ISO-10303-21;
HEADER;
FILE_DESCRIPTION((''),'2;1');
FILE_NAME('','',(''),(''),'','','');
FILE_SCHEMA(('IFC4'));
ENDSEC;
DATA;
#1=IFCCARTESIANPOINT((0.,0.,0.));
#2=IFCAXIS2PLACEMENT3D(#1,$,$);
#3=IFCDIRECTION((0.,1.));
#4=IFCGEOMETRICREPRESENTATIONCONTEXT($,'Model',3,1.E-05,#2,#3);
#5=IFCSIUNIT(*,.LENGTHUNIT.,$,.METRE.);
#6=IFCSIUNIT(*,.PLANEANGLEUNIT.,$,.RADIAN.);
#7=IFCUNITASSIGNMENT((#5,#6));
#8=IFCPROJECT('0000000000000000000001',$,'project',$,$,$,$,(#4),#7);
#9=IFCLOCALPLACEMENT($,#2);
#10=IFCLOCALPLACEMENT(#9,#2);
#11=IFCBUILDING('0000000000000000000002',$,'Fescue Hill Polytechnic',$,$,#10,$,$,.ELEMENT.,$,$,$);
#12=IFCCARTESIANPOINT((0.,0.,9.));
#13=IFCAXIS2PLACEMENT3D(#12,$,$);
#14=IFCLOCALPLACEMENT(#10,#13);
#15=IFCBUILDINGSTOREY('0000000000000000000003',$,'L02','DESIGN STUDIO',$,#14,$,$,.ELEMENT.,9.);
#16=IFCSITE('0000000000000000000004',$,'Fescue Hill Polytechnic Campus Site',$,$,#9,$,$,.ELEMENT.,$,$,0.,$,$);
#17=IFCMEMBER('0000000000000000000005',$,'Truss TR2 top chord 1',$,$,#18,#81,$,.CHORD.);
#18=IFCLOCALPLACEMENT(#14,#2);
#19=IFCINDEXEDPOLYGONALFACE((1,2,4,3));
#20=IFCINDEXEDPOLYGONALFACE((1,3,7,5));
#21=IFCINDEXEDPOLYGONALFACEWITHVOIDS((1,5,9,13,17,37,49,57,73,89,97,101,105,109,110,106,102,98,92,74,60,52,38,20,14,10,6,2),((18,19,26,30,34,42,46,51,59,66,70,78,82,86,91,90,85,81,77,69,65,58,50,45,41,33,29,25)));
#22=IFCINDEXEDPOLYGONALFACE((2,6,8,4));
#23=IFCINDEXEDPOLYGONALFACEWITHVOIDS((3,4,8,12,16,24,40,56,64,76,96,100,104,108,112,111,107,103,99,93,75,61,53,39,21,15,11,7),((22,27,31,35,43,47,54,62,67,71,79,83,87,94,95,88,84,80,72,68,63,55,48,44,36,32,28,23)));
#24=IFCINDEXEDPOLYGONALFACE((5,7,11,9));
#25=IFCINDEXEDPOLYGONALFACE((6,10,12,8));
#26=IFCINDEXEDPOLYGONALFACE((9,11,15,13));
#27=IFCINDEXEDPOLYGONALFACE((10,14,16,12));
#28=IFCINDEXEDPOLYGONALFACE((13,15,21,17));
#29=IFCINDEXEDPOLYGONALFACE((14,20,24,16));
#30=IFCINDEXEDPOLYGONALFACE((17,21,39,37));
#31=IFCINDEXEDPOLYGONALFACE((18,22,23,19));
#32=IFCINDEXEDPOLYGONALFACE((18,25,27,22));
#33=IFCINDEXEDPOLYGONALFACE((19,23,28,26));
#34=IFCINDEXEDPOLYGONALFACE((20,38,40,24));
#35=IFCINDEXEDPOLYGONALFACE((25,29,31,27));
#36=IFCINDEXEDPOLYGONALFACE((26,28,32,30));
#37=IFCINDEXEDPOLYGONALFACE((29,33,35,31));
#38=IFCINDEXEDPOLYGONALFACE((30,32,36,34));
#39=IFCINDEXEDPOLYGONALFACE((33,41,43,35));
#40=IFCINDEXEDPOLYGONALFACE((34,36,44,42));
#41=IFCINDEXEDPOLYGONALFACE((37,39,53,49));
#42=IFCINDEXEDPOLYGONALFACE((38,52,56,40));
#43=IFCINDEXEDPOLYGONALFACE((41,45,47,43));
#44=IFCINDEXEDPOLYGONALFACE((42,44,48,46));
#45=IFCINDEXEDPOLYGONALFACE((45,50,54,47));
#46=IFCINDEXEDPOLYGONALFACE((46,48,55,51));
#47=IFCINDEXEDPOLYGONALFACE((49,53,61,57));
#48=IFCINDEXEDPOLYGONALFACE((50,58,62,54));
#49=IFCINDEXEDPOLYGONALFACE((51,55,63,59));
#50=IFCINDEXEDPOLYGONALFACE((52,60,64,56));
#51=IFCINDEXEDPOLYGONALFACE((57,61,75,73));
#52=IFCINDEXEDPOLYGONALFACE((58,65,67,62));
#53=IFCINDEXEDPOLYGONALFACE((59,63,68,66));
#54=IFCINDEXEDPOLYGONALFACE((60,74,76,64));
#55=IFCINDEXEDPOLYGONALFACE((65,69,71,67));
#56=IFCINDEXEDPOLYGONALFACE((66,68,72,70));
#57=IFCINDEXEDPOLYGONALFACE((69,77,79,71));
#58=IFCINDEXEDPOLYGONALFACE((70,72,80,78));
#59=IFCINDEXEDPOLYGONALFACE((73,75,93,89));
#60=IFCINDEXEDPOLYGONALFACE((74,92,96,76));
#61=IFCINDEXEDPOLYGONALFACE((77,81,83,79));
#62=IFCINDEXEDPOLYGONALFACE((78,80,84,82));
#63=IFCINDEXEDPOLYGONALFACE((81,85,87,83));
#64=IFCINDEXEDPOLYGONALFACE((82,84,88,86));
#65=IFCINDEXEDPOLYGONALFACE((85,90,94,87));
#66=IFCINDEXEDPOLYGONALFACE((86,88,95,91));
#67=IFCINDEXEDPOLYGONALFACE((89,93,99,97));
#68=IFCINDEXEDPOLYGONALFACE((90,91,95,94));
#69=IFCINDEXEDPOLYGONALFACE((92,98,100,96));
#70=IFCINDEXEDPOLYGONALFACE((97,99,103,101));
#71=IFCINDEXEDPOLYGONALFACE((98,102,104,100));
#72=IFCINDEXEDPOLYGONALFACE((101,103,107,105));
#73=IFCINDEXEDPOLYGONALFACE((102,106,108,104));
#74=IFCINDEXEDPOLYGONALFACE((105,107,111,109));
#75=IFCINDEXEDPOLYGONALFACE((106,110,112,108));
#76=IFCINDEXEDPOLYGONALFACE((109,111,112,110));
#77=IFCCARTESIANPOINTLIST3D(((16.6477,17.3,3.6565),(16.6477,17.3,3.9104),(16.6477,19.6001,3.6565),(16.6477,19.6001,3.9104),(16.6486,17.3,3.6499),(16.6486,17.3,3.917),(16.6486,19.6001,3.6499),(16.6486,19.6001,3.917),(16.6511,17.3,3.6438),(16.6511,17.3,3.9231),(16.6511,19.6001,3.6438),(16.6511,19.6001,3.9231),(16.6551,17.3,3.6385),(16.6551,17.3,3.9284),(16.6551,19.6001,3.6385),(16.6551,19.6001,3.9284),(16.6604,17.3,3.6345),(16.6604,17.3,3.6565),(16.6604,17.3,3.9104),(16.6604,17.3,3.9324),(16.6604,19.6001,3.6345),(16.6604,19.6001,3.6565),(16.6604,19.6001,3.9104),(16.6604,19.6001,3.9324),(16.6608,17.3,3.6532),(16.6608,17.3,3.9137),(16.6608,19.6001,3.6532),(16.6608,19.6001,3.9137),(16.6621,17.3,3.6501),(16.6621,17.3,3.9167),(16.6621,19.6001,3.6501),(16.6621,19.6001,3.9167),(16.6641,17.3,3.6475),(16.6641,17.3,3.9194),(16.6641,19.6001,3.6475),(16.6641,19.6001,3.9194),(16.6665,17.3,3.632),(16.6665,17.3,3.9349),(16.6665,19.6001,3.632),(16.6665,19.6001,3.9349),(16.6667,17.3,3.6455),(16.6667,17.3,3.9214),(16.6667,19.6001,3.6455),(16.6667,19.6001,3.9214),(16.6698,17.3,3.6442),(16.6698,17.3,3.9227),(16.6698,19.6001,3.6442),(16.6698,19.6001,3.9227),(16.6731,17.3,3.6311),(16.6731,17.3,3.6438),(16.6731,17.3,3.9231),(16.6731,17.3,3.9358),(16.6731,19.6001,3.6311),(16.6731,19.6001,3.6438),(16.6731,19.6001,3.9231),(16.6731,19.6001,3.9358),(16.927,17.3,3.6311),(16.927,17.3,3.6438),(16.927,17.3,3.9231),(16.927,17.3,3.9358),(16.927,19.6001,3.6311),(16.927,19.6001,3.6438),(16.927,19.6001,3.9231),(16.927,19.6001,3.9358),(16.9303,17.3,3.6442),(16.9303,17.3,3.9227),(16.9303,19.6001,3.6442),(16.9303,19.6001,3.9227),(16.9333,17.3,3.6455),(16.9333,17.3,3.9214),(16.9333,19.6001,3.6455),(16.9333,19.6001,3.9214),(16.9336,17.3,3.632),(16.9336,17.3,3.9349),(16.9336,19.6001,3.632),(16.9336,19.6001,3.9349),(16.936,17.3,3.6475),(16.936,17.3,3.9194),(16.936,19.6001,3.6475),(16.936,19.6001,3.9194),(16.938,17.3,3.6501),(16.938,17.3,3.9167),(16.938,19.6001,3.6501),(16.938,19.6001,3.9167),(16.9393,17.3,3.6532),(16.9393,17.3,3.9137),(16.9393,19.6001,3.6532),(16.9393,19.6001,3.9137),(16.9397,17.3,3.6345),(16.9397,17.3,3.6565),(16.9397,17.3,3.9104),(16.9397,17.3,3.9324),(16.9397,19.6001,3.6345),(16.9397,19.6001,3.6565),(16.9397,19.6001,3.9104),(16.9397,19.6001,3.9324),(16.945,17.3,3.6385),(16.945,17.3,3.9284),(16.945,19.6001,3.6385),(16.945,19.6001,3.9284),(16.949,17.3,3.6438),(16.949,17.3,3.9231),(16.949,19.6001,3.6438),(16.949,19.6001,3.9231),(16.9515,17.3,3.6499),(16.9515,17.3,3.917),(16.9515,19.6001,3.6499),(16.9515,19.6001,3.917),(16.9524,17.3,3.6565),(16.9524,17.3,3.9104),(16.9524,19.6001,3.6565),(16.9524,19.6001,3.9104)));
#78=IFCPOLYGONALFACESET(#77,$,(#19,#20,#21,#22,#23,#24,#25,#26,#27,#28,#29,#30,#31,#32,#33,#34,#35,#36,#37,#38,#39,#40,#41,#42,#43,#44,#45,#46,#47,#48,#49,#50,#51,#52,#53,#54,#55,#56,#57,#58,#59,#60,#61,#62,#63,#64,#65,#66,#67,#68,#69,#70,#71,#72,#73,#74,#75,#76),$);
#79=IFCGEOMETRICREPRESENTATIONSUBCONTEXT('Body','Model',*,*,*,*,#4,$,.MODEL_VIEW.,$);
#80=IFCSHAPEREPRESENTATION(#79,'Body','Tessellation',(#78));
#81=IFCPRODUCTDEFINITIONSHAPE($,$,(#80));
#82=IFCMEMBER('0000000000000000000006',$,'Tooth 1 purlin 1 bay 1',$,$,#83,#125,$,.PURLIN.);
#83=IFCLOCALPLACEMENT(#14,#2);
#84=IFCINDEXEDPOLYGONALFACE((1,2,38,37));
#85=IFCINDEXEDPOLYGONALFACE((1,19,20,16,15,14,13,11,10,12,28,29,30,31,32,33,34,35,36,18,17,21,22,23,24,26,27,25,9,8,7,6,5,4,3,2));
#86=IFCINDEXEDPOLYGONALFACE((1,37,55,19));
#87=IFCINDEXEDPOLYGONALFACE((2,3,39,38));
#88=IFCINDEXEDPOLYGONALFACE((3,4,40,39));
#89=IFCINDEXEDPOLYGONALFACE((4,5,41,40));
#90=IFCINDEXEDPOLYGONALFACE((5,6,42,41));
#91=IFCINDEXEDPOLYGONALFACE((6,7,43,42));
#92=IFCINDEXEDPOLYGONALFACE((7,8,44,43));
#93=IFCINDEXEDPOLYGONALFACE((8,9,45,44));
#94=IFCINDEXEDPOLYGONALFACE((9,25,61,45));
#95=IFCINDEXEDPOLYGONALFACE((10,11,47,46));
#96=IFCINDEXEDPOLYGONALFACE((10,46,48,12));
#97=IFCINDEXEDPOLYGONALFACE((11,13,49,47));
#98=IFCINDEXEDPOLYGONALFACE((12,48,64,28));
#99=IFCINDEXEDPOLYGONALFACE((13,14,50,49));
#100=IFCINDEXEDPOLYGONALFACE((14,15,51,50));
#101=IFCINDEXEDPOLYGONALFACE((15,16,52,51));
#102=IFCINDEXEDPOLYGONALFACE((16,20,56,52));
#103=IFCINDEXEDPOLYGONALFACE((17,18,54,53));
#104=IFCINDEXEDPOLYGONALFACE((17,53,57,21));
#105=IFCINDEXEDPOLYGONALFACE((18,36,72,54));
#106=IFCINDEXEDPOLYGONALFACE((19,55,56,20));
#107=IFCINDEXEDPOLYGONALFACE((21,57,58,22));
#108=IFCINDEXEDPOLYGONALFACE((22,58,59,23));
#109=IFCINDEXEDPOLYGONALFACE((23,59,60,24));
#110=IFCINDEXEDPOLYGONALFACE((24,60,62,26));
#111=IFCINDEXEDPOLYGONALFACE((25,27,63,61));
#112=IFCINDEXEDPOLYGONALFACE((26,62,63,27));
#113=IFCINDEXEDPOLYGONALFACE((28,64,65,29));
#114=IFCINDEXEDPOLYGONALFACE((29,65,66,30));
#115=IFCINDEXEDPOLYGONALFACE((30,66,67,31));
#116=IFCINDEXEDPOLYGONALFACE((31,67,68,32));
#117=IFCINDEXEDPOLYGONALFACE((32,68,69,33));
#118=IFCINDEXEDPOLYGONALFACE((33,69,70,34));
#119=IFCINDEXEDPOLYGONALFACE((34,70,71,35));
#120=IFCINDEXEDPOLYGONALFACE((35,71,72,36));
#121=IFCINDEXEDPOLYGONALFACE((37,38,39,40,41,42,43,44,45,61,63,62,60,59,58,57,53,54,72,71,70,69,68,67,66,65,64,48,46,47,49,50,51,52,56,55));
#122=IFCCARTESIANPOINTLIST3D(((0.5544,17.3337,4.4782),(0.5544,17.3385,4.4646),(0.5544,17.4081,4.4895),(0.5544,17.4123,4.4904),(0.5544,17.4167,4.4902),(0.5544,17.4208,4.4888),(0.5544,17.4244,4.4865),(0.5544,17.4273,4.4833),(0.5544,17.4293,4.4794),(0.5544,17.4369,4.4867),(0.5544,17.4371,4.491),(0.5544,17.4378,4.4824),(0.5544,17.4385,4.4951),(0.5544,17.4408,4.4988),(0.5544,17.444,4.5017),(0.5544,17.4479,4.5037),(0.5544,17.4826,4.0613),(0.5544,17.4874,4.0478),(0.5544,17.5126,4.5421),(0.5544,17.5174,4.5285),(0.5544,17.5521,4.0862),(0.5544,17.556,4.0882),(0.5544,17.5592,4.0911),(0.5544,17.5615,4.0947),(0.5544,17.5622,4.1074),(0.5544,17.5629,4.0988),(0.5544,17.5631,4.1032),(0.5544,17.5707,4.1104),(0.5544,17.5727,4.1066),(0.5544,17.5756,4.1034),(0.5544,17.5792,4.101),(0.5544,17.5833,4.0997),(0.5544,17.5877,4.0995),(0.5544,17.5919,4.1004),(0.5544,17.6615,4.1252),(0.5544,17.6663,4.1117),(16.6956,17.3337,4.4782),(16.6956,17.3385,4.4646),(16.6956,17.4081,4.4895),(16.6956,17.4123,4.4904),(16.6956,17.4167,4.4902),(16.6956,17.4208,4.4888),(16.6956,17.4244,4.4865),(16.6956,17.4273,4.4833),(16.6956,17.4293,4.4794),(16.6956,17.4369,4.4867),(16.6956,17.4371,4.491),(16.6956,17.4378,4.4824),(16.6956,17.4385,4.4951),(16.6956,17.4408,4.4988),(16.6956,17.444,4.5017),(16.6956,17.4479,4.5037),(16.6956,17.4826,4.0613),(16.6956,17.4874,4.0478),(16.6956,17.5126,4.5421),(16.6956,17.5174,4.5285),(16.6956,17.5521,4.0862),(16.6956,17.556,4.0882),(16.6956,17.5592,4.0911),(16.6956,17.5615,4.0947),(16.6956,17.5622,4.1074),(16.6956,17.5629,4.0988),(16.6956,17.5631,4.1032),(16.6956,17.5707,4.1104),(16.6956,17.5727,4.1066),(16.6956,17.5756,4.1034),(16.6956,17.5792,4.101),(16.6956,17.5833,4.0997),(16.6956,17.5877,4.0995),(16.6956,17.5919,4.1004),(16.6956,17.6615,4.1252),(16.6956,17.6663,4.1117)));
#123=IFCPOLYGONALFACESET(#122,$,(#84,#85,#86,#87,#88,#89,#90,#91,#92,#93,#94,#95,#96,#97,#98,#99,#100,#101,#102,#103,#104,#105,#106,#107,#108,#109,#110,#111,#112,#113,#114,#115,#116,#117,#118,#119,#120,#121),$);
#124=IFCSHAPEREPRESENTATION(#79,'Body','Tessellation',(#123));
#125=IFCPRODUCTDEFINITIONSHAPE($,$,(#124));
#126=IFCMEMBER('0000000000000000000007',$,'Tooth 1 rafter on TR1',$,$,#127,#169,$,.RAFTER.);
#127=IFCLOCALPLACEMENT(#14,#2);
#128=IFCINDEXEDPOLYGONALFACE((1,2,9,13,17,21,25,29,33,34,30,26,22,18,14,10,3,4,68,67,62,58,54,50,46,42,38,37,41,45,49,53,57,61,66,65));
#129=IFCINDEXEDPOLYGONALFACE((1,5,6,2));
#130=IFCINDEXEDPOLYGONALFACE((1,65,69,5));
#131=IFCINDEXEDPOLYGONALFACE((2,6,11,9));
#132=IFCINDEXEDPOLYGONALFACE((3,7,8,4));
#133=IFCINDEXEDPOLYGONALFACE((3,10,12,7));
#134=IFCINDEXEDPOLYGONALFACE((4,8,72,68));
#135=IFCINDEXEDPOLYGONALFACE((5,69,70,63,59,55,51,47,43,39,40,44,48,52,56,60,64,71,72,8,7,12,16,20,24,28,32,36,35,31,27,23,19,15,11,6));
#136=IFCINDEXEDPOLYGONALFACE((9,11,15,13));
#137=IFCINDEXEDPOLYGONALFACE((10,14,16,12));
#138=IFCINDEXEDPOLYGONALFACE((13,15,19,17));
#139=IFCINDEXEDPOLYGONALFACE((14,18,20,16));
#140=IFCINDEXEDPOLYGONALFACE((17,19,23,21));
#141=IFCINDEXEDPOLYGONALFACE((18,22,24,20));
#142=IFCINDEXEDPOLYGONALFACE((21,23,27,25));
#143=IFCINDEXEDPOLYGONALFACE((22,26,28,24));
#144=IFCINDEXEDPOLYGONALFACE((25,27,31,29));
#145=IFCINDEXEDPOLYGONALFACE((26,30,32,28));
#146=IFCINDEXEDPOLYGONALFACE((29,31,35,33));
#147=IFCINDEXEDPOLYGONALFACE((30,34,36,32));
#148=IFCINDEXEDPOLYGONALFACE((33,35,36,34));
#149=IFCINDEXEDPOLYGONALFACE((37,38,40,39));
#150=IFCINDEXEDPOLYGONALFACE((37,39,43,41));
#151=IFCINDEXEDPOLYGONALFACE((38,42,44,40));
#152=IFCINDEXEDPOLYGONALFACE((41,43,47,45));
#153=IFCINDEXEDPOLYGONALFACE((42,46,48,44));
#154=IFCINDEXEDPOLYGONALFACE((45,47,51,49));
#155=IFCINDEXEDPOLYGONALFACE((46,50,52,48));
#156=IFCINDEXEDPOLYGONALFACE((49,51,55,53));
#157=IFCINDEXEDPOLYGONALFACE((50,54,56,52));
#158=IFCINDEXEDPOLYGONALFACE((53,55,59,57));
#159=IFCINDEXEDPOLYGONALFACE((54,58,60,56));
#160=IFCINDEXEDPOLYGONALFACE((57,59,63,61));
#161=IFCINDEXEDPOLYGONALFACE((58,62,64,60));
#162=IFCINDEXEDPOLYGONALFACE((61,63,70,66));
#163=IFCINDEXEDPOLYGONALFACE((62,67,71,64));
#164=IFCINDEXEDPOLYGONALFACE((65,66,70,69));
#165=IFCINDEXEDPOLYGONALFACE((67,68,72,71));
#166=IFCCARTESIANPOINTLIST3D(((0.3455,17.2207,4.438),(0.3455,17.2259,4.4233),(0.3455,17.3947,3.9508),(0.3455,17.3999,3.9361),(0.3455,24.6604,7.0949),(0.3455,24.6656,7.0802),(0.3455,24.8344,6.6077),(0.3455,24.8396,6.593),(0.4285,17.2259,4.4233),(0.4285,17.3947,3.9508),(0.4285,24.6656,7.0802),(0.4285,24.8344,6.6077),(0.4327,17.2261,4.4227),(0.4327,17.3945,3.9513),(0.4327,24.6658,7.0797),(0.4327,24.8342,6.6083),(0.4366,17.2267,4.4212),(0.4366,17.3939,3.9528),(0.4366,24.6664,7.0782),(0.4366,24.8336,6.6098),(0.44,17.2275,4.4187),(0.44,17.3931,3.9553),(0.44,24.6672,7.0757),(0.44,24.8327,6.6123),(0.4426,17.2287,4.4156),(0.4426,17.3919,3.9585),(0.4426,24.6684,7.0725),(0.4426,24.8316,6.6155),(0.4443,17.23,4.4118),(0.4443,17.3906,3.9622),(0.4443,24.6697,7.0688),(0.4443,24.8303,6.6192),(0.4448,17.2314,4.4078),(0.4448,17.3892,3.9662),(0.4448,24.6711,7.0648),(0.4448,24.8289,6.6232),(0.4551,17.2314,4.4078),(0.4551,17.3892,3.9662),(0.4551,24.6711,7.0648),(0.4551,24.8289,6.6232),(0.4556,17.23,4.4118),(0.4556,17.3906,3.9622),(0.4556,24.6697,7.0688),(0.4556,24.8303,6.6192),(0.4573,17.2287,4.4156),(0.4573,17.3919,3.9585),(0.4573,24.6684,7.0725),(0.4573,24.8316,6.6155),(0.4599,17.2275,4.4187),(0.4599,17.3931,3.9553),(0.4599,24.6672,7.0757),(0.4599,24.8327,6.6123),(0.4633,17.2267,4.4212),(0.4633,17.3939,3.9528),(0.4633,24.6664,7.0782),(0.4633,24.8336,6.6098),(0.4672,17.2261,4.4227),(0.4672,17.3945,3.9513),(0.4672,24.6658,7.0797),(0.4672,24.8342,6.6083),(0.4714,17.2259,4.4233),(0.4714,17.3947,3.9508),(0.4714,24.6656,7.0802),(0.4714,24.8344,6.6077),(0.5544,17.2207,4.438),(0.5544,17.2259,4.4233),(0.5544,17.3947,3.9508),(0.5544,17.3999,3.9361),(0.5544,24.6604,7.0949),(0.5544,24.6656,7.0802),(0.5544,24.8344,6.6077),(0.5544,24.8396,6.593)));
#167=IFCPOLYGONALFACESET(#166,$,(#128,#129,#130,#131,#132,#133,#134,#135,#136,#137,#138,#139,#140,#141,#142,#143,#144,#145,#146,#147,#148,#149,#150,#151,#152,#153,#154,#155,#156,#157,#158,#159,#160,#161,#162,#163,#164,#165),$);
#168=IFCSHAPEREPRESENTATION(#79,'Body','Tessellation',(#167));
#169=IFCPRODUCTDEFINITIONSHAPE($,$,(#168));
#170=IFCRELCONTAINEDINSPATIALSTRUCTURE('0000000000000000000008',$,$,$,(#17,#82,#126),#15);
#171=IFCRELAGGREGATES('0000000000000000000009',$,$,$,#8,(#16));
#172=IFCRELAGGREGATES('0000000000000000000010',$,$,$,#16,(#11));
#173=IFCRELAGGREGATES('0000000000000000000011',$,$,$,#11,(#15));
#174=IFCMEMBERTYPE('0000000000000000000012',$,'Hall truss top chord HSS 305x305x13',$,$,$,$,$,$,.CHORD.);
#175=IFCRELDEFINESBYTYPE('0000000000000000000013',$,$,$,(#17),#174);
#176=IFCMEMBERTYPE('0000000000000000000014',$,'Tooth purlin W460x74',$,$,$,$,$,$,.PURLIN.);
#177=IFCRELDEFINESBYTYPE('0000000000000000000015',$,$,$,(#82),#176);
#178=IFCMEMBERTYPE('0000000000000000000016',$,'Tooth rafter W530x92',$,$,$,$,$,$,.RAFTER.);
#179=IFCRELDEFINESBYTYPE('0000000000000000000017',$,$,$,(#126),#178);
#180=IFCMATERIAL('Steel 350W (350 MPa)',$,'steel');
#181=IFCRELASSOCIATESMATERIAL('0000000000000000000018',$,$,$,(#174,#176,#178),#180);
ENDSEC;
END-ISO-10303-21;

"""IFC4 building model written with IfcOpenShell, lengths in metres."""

from ifc_helpers import new_model, si_unit, direction, frame, origin, origin_2d, place, context, subcontext, project, spatial, hollow_rectangle, i_section, extrude, material, material_profile, profile_set, type_object, element, save


model = new_model("IFC4")

# Units and contexts
model_context = context("Model", 3, precision=1e-05, world=origin(), true_north=direction((0.0, 1.0)))
body_context = subcontext(model_context, "Body", "Model", "MODEL_VIEW")
ifc_project = project(units=[si_unit("LENGTHUNIT", "METRE"), si_unit("PLANEANGLEUNIT", "RADIAN")], contexts=[model_context])

# Site, building, storey
site_placement = place(None, origin())
site = spatial("IfcSite", under=ifc_project, at=site_placement, Name="Fescue Hill Polytechnic Campus Site", CompositionType="ELEMENT", RefElevation=0.0)
building_placement = place(site_placement, origin())
building = spatial("IfcBuilding", under=site, at=building_placement, Name="Fescue Hill Polytechnic", CompositionType="ELEMENT")
storey_placement = place(building_placement, frame((0.0, 0.0, 9.0)))
storey = spatial("IfcBuildingStorey", under=building, at=storey_placement, Name="L02", Description="DESIGN STUDIO", CompositionType="ELEMENT", Elevation=9.0)

# Members
ifc_material_1 = material(Name="Steel 350W (350 MPa)", Category="steel")
ifc_material_profile_1 = material_profile(ifc_material_1, hollow_rectangle(XDim=0.3047, YDim=0.3047, WallThickness=0.0127, InnerFilletRadius=0.0127, OuterFilletRadius=0.0254, at=origin_2d()), Name="Hall truss top chord HSS 305x305x13")
ifc_profile_set_1 = profile_set([ifc_material_profile_1], Name="Steel 350W (350 MPa)")
member_type_1 = type_object("IfcMemberType", Name="Hall truss top chord HSS 305x305x13", PredefinedType="CHORD", material=ifc_profile_set_1)
for number, where, z_axis, x_axis, name in (
    (1, (16.8, 17.3, 3.7834), (0.0, 1.0, 0.0), (-1.0, 0.0, 0.0), "Truss TR2 top chord 1"),
):
    element("IfcMember", number, at=place(storey_placement, frame(where, z_axis=z_axis, x_axis=x_axis)), inside=storey, type_object=member_type_1, Name=name, PredefinedType="CHORD", context=body_context, shape_type="SweptSolid", body=[
        extrude(hollow_rectangle(XDim=0.3047, YDim=0.3047, WallThickness=0.0127, InnerFilletRadius=0.0127, OuterFilletRadius=0.0254, at=origin_2d()), origin(), (0.0, 0.0, 1.0), 2.3),
    ])
ifc_material_profile_2 = material_profile(ifc_material_1, i_section(OverallWidth=0.1899, OverallDepth=0.457, WebThickness=0.009, FlangeThickness=0.0144, FilletRadius=0.0166, at=origin_2d()), Name="W460x74")
ifc_profile_set_2 = profile_set([ifc_material_profile_2], Name="Steel 350W (350 MPa)")
member_type_2 = type_object("IfcMemberType", Name="Tooth purlin W460x74", PredefinedType="PURLIN", material=ifc_profile_set_2)
member_placement = place(storey_placement, frame((0.5544, 17.5, 4.2949), z_axis=(1.0, 0.0, 0.0), x_axis=(0.0, 0.941742, 0.336336)))
element("IfcMember", 2, at=member_placement, inside=storey, type_object=member_type_2, Name="Tooth 1 purlin 1 bay 1", PredefinedType="PURLIN", context=body_context, shape_type="SweptSolid", body=[
    extrude(i_section(OverallWidth=0.1899, OverallDepth=0.457, WebThickness=0.009, FlangeThickness=0.0144, FilletRadius=0.0166, at=origin_2d()), origin(), (0.0, 0.0, 1.0), 16.1411),
])
ifc_material_profile_3 = material_profile(ifc_material_1, i_section(OverallWidth=0.209, OverallDepth=0.533, WebThickness=0.0103, FlangeThickness=0.0156, FilletRadius=0.0164, at=origin_2d()), Name="W530x92")
ifc_profile_set_3 = profile_set([ifc_material_profile_3], Name="Steel 350W (350 MPa)")
member_type_3 = type_object("IfcMemberType", Name="Tooth rafter W530x92", PredefinedType="RAFTER", material=ifc_profile_set_3)
for number, where, z_axis, x_axis, name in (
    (3, (0.45, 17.3103, 4.187), (0.0, 0.941744, 0.336331), (-1.0, 0.0, 0.0), "Tooth 1 rafter on TR1"),
):
    element("IfcMember", number, at=place(storey_placement, frame(where, z_axis=z_axis, x_axis=x_axis)), inside=storey, type_object=member_type_3, Name=name, PredefinedType="RAFTER", context=body_context, shape_type="SweptSolid", body=[
        extrude(i_section(OverallWidth=0.209, OverallDepth=0.533, WebThickness=0.0103, FlangeThickness=0.0156, FilletRadius=0.0164, at=origin_2d()), origin(), (0.0, 0.0, 1.0), 7.8999),
    ])

save(model, "model.ifc")
